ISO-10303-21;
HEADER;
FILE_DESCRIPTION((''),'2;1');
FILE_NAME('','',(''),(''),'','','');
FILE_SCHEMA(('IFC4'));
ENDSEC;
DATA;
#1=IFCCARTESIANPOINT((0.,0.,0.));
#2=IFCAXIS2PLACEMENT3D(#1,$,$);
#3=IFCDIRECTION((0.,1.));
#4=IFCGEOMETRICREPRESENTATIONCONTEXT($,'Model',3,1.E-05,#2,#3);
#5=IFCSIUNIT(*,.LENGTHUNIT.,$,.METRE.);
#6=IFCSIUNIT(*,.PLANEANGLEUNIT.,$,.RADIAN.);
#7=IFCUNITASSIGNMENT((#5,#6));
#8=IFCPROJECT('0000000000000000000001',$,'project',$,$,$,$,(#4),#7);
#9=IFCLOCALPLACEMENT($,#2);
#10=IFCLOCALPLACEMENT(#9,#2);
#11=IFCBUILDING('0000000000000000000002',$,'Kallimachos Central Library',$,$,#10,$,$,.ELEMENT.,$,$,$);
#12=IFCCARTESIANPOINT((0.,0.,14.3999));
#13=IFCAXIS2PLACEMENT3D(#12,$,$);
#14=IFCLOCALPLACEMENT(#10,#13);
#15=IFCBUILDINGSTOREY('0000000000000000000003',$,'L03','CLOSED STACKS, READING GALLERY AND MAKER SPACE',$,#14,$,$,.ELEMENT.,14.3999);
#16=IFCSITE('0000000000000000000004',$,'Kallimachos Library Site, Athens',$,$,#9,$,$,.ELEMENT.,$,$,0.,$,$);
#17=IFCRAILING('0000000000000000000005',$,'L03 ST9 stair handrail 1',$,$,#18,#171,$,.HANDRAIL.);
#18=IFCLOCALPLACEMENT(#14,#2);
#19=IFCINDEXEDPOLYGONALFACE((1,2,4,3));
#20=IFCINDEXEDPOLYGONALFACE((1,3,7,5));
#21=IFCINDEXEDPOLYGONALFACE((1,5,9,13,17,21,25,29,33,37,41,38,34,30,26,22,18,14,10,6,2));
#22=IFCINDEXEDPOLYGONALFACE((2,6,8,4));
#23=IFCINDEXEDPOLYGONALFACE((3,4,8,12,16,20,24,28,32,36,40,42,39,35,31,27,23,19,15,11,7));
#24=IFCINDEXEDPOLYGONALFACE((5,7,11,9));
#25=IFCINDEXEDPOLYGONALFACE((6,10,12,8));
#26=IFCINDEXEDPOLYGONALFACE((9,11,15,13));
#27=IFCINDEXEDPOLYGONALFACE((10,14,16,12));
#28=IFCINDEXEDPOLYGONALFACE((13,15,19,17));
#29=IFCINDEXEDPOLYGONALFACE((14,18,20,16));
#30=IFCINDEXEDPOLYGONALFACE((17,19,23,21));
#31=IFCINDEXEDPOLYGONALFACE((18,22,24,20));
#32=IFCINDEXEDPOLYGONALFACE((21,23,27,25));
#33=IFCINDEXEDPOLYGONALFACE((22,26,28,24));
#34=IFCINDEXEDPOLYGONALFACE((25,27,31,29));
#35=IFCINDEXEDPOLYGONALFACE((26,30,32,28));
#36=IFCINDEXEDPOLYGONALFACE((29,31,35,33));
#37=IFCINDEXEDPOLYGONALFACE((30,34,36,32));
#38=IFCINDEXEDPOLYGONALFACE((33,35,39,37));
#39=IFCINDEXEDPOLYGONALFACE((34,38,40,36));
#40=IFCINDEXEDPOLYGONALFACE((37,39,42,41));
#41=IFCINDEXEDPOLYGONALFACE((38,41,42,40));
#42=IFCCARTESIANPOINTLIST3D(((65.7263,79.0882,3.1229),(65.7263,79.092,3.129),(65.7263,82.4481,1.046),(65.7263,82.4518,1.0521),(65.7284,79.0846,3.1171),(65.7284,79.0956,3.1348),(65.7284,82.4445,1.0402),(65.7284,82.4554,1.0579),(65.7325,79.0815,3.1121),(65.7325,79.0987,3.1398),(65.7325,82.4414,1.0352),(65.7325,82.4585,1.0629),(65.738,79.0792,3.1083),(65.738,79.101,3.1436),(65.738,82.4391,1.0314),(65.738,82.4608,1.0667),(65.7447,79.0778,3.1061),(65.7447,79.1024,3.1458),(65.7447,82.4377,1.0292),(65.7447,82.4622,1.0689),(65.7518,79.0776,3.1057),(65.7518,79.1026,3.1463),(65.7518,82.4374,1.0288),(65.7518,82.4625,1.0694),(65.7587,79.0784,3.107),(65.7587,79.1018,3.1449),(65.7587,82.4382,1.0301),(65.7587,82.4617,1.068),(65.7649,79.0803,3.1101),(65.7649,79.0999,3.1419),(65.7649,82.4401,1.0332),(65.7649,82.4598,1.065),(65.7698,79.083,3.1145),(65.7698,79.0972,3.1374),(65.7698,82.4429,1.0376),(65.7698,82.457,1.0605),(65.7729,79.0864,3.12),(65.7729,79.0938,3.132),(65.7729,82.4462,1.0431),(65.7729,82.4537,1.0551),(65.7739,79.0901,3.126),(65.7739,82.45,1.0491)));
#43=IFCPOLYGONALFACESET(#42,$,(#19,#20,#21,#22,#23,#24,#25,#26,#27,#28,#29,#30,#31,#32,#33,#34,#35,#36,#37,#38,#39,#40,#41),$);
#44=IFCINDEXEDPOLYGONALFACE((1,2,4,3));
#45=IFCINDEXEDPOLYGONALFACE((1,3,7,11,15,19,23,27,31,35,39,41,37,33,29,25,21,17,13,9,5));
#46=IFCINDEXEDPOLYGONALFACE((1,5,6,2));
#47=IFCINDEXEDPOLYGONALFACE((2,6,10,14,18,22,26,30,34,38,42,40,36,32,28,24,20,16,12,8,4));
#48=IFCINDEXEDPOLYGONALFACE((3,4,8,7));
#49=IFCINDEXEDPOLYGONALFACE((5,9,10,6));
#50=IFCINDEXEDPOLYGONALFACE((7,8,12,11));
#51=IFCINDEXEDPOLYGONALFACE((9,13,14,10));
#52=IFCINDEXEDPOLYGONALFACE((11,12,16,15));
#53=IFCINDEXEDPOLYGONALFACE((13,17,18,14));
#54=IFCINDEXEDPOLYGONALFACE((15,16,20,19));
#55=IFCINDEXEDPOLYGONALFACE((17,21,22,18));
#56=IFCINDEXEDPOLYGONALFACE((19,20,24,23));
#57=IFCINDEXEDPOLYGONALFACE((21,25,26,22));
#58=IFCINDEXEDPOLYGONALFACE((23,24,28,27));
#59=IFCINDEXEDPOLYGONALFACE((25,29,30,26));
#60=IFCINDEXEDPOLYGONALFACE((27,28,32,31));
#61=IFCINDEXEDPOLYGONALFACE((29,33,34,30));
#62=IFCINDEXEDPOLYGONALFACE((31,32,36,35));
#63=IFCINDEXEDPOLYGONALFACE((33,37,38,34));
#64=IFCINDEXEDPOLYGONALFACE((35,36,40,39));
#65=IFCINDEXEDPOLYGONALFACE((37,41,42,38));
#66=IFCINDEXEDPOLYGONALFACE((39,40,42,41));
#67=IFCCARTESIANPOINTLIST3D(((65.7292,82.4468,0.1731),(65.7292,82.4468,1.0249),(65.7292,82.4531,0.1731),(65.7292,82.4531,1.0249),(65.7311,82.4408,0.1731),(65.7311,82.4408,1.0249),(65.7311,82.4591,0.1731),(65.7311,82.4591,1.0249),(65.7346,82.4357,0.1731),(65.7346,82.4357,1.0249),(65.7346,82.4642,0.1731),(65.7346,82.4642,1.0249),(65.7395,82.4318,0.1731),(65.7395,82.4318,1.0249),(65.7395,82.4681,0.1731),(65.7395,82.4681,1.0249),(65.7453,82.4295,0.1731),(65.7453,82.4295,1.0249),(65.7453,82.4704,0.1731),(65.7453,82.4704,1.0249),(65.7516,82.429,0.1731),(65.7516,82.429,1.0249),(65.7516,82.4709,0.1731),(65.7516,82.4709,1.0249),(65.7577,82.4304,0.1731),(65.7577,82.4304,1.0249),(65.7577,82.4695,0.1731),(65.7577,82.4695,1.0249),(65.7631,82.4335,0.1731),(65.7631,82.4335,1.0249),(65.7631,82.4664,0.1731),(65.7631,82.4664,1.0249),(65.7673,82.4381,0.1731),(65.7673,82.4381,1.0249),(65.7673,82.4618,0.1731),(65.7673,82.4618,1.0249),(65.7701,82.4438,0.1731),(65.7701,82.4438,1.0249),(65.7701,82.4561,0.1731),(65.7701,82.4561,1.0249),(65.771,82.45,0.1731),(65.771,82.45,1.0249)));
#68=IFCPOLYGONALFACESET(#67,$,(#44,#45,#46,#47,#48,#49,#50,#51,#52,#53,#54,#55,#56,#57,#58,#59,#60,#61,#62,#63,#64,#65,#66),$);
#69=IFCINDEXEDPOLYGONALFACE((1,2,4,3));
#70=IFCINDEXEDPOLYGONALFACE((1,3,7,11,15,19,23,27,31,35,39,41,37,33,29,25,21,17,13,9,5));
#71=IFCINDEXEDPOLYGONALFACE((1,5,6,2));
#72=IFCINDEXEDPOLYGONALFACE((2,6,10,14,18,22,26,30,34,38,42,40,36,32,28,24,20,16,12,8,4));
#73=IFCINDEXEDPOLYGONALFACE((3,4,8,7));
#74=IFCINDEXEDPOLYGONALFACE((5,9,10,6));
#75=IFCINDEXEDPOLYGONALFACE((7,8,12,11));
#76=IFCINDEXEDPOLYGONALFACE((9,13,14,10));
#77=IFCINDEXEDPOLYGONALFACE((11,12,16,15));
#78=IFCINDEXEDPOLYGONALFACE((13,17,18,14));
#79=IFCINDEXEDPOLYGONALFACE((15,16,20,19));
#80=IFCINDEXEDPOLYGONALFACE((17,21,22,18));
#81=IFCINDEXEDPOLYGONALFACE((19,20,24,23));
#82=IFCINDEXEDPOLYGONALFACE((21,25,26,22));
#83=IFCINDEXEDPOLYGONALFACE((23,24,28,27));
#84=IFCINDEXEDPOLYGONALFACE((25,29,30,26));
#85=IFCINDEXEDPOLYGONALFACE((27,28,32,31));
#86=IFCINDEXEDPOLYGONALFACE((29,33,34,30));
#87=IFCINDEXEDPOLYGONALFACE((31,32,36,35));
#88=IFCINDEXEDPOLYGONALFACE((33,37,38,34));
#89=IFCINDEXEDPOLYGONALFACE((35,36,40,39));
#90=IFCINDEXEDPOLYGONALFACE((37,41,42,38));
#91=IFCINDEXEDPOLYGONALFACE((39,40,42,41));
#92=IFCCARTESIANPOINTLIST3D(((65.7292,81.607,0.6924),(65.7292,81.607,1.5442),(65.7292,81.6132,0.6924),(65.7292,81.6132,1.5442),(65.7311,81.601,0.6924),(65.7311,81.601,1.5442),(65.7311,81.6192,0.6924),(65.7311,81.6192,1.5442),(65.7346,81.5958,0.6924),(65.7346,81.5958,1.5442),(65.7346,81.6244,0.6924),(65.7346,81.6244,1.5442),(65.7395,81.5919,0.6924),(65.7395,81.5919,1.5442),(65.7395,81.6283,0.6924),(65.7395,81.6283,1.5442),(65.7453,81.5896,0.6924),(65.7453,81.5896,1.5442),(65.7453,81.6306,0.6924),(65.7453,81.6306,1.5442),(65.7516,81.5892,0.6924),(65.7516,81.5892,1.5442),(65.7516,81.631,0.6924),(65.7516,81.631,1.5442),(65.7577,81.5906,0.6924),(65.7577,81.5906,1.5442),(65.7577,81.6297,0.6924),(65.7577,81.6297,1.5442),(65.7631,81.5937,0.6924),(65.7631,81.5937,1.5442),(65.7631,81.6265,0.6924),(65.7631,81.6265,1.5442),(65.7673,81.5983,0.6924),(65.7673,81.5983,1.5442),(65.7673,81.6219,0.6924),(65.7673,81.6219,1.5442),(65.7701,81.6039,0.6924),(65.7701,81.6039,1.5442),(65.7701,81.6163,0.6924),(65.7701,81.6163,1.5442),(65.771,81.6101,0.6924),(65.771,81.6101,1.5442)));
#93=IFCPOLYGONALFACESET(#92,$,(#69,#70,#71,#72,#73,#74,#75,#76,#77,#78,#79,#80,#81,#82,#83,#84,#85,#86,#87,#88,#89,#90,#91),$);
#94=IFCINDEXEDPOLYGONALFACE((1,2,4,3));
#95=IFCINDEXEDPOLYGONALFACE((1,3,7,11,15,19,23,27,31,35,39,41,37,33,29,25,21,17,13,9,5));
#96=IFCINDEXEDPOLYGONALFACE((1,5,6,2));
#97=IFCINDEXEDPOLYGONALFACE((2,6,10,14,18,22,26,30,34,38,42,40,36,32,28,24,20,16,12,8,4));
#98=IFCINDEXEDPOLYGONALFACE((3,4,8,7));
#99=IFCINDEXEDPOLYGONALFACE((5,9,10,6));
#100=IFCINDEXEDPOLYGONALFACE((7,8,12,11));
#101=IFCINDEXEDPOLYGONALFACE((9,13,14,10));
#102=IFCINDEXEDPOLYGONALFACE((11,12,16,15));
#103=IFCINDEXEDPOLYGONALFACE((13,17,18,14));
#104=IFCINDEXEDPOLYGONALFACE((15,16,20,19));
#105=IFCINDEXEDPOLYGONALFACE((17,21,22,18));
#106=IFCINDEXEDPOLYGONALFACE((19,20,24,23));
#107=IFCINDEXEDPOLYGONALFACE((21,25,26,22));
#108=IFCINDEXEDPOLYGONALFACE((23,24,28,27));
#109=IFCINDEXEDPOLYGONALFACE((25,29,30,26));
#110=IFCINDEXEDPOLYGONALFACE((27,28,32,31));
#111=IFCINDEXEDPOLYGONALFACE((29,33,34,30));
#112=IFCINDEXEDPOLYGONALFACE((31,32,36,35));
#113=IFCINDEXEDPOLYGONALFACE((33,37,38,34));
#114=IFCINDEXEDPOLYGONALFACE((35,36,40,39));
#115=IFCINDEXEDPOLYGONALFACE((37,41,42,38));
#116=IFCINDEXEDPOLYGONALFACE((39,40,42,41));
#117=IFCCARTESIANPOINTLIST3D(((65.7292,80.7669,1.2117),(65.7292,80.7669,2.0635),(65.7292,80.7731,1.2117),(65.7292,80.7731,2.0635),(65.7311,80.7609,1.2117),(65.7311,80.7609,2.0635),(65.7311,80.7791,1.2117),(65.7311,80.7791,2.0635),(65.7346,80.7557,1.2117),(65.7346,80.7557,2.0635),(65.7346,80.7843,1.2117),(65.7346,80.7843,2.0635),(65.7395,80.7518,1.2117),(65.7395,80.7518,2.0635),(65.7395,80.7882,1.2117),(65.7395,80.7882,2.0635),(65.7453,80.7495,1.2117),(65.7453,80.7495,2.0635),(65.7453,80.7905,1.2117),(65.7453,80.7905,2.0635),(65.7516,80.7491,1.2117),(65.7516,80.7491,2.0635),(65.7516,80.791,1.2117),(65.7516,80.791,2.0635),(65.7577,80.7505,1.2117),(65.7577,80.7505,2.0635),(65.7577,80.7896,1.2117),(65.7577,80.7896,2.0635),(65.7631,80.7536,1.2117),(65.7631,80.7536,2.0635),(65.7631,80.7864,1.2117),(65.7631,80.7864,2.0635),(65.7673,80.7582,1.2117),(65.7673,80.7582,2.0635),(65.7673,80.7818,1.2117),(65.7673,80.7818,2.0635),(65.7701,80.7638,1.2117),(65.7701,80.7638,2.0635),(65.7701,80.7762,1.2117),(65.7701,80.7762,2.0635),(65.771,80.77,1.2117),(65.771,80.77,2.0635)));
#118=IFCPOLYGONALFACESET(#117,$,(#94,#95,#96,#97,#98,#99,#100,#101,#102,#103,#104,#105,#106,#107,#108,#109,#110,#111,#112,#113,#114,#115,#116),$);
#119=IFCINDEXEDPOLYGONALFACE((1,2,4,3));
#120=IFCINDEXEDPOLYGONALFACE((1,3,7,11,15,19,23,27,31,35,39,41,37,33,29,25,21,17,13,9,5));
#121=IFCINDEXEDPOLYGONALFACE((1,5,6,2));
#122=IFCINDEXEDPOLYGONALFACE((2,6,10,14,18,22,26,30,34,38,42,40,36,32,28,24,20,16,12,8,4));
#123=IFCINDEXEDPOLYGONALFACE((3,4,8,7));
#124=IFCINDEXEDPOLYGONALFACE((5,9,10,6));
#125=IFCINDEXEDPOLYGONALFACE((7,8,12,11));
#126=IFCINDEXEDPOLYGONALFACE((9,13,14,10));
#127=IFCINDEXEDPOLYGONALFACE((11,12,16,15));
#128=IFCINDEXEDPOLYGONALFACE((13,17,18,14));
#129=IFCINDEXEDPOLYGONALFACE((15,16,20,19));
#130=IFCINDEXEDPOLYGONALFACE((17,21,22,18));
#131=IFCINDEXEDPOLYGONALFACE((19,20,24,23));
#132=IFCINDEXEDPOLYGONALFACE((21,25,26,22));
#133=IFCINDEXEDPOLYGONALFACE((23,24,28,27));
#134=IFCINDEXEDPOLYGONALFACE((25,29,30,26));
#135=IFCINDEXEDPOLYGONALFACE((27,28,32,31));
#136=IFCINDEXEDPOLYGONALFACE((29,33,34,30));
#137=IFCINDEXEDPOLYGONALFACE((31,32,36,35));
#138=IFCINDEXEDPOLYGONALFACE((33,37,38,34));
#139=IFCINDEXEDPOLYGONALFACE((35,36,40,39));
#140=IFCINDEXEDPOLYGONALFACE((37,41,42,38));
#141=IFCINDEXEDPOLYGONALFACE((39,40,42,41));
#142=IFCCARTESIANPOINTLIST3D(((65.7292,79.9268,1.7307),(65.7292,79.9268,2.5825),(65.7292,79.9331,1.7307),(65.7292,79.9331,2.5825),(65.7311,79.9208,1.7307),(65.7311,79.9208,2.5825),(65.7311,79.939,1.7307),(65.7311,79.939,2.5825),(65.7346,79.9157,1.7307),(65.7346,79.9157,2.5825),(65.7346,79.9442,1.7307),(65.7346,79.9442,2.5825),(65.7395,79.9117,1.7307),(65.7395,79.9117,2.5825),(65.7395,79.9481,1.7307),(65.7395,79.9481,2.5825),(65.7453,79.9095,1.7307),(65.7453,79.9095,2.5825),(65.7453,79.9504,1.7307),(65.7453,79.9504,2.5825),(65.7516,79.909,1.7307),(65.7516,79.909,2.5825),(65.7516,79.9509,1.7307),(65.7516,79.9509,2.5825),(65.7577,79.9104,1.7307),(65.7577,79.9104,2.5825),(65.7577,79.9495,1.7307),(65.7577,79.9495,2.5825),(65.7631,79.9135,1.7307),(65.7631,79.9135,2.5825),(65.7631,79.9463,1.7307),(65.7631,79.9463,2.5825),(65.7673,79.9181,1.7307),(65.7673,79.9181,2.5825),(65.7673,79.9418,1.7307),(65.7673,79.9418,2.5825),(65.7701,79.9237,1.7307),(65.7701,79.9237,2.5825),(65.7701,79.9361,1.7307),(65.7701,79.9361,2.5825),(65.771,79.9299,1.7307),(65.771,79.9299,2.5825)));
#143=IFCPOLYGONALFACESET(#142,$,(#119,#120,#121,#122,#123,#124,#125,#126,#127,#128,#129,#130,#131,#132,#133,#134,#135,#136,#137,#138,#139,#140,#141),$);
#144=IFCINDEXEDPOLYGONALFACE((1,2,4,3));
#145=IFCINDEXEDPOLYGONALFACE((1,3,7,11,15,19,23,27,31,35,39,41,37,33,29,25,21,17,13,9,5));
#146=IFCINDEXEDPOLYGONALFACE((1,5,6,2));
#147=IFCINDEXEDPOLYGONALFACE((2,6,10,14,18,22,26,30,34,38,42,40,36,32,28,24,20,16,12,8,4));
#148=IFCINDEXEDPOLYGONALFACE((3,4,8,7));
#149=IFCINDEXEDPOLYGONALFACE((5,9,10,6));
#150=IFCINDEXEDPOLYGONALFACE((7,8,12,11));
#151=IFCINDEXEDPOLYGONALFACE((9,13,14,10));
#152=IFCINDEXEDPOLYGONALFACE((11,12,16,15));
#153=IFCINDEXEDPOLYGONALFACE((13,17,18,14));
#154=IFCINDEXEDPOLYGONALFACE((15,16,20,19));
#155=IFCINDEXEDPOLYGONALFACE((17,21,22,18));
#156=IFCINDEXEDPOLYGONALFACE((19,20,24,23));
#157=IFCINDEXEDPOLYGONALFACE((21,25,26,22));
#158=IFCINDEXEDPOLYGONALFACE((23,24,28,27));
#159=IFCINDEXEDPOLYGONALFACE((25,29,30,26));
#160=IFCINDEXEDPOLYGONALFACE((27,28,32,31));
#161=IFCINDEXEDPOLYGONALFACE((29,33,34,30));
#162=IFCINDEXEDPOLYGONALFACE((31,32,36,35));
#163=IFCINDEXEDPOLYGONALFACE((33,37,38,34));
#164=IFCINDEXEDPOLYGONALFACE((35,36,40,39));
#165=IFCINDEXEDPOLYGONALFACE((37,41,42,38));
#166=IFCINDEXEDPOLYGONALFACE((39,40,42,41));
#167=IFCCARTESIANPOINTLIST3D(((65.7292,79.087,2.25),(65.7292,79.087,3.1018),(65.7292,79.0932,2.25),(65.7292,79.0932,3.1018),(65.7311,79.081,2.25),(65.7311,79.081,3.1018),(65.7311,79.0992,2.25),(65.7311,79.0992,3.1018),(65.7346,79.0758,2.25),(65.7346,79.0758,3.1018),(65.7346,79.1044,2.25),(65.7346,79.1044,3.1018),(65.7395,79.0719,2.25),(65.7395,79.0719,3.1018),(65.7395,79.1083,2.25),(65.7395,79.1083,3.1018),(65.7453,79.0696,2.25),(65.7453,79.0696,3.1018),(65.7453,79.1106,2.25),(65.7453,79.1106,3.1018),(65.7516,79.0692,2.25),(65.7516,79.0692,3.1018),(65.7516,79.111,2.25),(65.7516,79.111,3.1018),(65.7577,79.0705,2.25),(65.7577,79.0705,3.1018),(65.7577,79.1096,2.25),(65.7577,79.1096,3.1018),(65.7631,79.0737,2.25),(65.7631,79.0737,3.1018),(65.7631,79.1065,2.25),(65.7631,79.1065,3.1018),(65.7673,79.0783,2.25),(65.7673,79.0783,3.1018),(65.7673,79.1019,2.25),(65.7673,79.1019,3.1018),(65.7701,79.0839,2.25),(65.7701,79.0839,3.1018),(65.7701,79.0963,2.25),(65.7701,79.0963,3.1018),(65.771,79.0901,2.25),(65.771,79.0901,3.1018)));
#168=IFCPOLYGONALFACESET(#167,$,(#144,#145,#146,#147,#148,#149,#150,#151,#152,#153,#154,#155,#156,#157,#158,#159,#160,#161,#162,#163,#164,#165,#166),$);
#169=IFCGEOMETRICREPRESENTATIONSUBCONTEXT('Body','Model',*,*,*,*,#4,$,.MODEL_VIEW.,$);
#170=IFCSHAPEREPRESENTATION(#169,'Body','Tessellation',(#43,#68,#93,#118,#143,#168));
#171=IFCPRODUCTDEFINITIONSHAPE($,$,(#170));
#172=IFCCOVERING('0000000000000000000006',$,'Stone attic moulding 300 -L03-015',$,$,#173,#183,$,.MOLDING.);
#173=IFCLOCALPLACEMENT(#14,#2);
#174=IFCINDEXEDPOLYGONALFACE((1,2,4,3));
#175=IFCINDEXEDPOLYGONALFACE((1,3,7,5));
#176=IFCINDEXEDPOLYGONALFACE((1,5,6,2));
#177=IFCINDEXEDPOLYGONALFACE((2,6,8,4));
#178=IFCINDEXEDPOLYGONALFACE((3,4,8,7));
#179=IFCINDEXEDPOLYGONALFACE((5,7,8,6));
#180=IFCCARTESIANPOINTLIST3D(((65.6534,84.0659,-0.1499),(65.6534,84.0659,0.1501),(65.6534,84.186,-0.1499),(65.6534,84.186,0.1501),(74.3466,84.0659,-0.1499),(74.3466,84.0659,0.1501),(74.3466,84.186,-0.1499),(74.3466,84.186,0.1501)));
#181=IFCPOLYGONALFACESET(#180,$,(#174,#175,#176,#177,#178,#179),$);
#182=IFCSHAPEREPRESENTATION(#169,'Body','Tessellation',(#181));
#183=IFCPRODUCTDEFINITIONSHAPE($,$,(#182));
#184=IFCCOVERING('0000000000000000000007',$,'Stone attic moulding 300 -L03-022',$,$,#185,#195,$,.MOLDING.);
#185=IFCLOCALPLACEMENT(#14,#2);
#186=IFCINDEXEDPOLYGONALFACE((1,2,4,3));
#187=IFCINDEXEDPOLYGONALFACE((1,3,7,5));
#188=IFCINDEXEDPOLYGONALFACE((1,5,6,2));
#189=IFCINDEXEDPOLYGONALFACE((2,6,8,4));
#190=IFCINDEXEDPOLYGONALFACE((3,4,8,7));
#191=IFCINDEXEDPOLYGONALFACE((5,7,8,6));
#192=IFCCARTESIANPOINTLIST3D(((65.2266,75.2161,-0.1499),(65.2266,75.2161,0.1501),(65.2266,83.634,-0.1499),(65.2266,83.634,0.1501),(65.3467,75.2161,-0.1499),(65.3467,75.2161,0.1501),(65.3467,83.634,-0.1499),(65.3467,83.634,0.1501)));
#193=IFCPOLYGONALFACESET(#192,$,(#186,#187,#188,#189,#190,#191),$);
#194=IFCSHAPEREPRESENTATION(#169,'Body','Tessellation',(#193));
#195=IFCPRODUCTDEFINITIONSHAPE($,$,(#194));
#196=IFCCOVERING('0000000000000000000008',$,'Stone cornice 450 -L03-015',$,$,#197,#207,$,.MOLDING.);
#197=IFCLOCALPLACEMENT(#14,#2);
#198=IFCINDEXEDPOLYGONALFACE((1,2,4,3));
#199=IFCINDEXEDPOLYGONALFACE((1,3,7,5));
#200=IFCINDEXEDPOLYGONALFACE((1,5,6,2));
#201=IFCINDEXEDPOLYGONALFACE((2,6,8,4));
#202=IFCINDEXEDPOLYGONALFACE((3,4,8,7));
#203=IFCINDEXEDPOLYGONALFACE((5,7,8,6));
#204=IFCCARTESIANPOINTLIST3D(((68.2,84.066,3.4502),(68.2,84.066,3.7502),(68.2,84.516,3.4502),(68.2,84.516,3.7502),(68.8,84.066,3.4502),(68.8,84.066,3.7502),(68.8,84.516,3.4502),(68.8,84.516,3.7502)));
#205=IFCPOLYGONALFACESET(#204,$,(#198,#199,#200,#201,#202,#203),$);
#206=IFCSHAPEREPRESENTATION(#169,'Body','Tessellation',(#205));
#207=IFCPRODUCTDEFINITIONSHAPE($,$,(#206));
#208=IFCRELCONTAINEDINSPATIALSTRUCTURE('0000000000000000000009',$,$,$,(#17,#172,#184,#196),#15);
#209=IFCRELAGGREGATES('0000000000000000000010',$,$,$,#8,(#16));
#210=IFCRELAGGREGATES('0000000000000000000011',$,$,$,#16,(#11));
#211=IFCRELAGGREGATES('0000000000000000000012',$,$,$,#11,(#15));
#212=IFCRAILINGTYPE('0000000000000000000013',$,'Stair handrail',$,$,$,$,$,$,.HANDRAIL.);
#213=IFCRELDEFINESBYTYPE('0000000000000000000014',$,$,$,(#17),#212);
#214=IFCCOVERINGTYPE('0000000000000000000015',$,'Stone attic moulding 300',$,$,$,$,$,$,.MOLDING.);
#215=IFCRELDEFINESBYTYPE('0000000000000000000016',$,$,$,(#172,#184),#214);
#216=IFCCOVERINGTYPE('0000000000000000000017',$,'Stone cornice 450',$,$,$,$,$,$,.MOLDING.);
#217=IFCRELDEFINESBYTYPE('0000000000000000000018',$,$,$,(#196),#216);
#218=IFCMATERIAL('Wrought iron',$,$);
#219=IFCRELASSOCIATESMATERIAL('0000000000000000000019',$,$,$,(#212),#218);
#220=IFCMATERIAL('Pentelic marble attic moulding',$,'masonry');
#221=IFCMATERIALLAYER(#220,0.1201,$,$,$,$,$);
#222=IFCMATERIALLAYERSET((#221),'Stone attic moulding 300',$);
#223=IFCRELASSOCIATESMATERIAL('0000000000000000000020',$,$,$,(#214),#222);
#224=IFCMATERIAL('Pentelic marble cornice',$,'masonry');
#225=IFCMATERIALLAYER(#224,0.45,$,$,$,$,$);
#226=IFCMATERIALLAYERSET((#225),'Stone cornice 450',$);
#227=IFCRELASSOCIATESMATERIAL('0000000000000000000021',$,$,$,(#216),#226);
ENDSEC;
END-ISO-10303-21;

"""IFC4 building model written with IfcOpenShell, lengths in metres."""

from ifc_helpers import new_model, si_unit, direction, frame, origin, origin_2d, place, context, subcontext, project, spatial, rectangle, circle, extrude, material, layer, layer_set, type_object, element, save


model = new_model("IFC4")

# Units and contexts
model_context = context("Model", 3, precision=1e-05, world=origin(), true_north=direction((0.0, 1.0)))
body_context = subcontext(model_context, "Body", "Model", "MODEL_VIEW")
ifc_project = project(units=[si_unit("LENGTHUNIT", "METRE"), si_unit("PLANEANGLEUNIT", "RADIAN")], contexts=[model_context])

# Site, building, storey
site_placement = place(None, origin())
site = spatial("IfcSite", under=ifc_project, at=site_placement, Name="Kallimachos Library Site, Athens", CompositionType="ELEMENT", RefElevation=0.0)
building_placement = place(site_placement, origin())
building = spatial("IfcBuilding", under=site, at=building_placement, Name="Kallimachos Central Library", CompositionType="ELEMENT")
storey_placement = place(building_placement, frame((0.0, 0.0, 14.3999)))
storey = spatial("IfcBuildingStorey", under=building, at=storey_placement, Name="L03", Description="CLOSED STACKS, READING GALLERY AND MAKER SPACE", CompositionType="ELEMENT", Elevation=14.3999)

# Railing
ifc_material_1 = material(Name="Wrought iron")
railing_type_1 = type_object("IfcRailingType", Name="Stair handrail", PredefinedType="HANDRAIL", material=ifc_material_1)
railing_1_placement = place(storey_placement, frame((65.75, 82.45, 0.1731)))
element("IfcRailing", 1, at=railing_1_placement, inside=storey, type_object=railing_type_1, Name="L03 ST9 stair handrail 1", PredefinedType="HANDRAIL", context=body_context, shape_type="SweptSolid", body=[
    extrude(circle(Radius=0.0239, at=origin_2d()), frame((0.0, 0.0, 0.876), z_axis=(0.0, -0.850606, 0.525803), x_axis=(1.0, 0.0, 0.0)), (0.0, 0.0, 1.0), 3.95),
    extrude(circle(Radius=0.021, at=origin_2d()), origin(), (0.0, 0.0, 1.0), 0.8518),
    extrude(circle(Radius=0.021, at=origin_2d()), frame((0.0, -0.8398, 0.5193)), (0.0, 0.0, 1.0), 0.8518),
    extrude(circle(Radius=0.021, at=origin_2d()), frame((0.0, -1.6799, 1.0386)), (0.0, 0.0, 1.0), 0.8518),
    extrude(circle(Radius=0.021, at=origin_2d()), frame((0.0, -2.52, 1.5576)), (0.0, 0.0, 1.0), 0.8518),
    extrude(circle(Radius=0.021, at=origin_2d()), frame((0.0, -3.3599, 2.0769)), (0.0, 0.0, 1.0), 0.8518),
])

# Coverings
ifc_material_2 = material(Name="Pentelic marble attic moulding", Category="masonry")
ifc_layer_1 = layer(ifc_material_2, 0.1201)
ifc_layer_set_1 = layer_set([ifc_layer_1], Name="Stone attic moulding 300")
covering_type_1 = type_object("IfcCoveringType", Name="Stone attic moulding 300", PredefinedType="MOLDING", material=ifc_layer_set_1)
covering_1_placement = place(storey_placement, frame((70.0, 84.126, -0.1499), z_axis=(0.0, 0.0, 1.0), x_axis=(1.0, 0.0, 0.0)))
element("IfcCovering", 2, at=covering_1_placement, inside=storey, type_object=covering_type_1, Name="Stone attic moulding 300 -L03-015", PredefinedType="MOLDING", context=body_context, shape_type="SweptSolid", body=[
    extrude(rectangle(XDim=8.6931, YDim=0.1201, at=origin_2d()), origin(), (0.0, 0.0, 1.0), 0.3),
])
covering_2_placement = place(storey_placement, frame((65.2866, 79.425, -0.1499), z_axis=(0.0, 0.0, 1.0), x_axis=(1.0, 0.0, 0.0)))
element("IfcCovering", 3, at=covering_2_placement, inside=storey, type_object=covering_type_1, Name="Stone attic moulding 300 -L03-022", PredefinedType="MOLDING", context=body_context, shape_type="SweptSolid", body=[
    extrude(rectangle(XDim=0.1201, YDim=8.418, at=origin_2d()), origin(), (0.0, 0.0, 1.0), 0.3),
])
ifc_material_3 = material(Name="Pentelic marble cornice", Category="masonry")
ifc_layer_2 = layer(ifc_material_3, 0.45)
ifc_layer_set_2 = layer_set([ifc_layer_2], Name="Stone cornice 450")
covering_type_2 = type_object("IfcCoveringType", Name="Stone cornice 450", PredefinedType="MOLDING", material=ifc_layer_set_2)
covering_3_placement = place(storey_placement, frame((68.5, 84.291, 3.4502), z_axis=(0.0, 0.0, 1.0), x_axis=(1.0, 0.0, 0.0)))
element("IfcCovering", 4, at=covering_3_placement, inside=storey, type_object=covering_type_2, Name="Stone cornice 450 -L03-015", PredefinedType="MOLDING", context=body_context, shape_type="SweptSolid", body=[
    extrude(rectangle(XDim=0.6001, YDim=0.45, at=origin_2d()), origin(), (0.0, 0.0, 1.0), 0.3),
])

save(model, "model.ifc")
